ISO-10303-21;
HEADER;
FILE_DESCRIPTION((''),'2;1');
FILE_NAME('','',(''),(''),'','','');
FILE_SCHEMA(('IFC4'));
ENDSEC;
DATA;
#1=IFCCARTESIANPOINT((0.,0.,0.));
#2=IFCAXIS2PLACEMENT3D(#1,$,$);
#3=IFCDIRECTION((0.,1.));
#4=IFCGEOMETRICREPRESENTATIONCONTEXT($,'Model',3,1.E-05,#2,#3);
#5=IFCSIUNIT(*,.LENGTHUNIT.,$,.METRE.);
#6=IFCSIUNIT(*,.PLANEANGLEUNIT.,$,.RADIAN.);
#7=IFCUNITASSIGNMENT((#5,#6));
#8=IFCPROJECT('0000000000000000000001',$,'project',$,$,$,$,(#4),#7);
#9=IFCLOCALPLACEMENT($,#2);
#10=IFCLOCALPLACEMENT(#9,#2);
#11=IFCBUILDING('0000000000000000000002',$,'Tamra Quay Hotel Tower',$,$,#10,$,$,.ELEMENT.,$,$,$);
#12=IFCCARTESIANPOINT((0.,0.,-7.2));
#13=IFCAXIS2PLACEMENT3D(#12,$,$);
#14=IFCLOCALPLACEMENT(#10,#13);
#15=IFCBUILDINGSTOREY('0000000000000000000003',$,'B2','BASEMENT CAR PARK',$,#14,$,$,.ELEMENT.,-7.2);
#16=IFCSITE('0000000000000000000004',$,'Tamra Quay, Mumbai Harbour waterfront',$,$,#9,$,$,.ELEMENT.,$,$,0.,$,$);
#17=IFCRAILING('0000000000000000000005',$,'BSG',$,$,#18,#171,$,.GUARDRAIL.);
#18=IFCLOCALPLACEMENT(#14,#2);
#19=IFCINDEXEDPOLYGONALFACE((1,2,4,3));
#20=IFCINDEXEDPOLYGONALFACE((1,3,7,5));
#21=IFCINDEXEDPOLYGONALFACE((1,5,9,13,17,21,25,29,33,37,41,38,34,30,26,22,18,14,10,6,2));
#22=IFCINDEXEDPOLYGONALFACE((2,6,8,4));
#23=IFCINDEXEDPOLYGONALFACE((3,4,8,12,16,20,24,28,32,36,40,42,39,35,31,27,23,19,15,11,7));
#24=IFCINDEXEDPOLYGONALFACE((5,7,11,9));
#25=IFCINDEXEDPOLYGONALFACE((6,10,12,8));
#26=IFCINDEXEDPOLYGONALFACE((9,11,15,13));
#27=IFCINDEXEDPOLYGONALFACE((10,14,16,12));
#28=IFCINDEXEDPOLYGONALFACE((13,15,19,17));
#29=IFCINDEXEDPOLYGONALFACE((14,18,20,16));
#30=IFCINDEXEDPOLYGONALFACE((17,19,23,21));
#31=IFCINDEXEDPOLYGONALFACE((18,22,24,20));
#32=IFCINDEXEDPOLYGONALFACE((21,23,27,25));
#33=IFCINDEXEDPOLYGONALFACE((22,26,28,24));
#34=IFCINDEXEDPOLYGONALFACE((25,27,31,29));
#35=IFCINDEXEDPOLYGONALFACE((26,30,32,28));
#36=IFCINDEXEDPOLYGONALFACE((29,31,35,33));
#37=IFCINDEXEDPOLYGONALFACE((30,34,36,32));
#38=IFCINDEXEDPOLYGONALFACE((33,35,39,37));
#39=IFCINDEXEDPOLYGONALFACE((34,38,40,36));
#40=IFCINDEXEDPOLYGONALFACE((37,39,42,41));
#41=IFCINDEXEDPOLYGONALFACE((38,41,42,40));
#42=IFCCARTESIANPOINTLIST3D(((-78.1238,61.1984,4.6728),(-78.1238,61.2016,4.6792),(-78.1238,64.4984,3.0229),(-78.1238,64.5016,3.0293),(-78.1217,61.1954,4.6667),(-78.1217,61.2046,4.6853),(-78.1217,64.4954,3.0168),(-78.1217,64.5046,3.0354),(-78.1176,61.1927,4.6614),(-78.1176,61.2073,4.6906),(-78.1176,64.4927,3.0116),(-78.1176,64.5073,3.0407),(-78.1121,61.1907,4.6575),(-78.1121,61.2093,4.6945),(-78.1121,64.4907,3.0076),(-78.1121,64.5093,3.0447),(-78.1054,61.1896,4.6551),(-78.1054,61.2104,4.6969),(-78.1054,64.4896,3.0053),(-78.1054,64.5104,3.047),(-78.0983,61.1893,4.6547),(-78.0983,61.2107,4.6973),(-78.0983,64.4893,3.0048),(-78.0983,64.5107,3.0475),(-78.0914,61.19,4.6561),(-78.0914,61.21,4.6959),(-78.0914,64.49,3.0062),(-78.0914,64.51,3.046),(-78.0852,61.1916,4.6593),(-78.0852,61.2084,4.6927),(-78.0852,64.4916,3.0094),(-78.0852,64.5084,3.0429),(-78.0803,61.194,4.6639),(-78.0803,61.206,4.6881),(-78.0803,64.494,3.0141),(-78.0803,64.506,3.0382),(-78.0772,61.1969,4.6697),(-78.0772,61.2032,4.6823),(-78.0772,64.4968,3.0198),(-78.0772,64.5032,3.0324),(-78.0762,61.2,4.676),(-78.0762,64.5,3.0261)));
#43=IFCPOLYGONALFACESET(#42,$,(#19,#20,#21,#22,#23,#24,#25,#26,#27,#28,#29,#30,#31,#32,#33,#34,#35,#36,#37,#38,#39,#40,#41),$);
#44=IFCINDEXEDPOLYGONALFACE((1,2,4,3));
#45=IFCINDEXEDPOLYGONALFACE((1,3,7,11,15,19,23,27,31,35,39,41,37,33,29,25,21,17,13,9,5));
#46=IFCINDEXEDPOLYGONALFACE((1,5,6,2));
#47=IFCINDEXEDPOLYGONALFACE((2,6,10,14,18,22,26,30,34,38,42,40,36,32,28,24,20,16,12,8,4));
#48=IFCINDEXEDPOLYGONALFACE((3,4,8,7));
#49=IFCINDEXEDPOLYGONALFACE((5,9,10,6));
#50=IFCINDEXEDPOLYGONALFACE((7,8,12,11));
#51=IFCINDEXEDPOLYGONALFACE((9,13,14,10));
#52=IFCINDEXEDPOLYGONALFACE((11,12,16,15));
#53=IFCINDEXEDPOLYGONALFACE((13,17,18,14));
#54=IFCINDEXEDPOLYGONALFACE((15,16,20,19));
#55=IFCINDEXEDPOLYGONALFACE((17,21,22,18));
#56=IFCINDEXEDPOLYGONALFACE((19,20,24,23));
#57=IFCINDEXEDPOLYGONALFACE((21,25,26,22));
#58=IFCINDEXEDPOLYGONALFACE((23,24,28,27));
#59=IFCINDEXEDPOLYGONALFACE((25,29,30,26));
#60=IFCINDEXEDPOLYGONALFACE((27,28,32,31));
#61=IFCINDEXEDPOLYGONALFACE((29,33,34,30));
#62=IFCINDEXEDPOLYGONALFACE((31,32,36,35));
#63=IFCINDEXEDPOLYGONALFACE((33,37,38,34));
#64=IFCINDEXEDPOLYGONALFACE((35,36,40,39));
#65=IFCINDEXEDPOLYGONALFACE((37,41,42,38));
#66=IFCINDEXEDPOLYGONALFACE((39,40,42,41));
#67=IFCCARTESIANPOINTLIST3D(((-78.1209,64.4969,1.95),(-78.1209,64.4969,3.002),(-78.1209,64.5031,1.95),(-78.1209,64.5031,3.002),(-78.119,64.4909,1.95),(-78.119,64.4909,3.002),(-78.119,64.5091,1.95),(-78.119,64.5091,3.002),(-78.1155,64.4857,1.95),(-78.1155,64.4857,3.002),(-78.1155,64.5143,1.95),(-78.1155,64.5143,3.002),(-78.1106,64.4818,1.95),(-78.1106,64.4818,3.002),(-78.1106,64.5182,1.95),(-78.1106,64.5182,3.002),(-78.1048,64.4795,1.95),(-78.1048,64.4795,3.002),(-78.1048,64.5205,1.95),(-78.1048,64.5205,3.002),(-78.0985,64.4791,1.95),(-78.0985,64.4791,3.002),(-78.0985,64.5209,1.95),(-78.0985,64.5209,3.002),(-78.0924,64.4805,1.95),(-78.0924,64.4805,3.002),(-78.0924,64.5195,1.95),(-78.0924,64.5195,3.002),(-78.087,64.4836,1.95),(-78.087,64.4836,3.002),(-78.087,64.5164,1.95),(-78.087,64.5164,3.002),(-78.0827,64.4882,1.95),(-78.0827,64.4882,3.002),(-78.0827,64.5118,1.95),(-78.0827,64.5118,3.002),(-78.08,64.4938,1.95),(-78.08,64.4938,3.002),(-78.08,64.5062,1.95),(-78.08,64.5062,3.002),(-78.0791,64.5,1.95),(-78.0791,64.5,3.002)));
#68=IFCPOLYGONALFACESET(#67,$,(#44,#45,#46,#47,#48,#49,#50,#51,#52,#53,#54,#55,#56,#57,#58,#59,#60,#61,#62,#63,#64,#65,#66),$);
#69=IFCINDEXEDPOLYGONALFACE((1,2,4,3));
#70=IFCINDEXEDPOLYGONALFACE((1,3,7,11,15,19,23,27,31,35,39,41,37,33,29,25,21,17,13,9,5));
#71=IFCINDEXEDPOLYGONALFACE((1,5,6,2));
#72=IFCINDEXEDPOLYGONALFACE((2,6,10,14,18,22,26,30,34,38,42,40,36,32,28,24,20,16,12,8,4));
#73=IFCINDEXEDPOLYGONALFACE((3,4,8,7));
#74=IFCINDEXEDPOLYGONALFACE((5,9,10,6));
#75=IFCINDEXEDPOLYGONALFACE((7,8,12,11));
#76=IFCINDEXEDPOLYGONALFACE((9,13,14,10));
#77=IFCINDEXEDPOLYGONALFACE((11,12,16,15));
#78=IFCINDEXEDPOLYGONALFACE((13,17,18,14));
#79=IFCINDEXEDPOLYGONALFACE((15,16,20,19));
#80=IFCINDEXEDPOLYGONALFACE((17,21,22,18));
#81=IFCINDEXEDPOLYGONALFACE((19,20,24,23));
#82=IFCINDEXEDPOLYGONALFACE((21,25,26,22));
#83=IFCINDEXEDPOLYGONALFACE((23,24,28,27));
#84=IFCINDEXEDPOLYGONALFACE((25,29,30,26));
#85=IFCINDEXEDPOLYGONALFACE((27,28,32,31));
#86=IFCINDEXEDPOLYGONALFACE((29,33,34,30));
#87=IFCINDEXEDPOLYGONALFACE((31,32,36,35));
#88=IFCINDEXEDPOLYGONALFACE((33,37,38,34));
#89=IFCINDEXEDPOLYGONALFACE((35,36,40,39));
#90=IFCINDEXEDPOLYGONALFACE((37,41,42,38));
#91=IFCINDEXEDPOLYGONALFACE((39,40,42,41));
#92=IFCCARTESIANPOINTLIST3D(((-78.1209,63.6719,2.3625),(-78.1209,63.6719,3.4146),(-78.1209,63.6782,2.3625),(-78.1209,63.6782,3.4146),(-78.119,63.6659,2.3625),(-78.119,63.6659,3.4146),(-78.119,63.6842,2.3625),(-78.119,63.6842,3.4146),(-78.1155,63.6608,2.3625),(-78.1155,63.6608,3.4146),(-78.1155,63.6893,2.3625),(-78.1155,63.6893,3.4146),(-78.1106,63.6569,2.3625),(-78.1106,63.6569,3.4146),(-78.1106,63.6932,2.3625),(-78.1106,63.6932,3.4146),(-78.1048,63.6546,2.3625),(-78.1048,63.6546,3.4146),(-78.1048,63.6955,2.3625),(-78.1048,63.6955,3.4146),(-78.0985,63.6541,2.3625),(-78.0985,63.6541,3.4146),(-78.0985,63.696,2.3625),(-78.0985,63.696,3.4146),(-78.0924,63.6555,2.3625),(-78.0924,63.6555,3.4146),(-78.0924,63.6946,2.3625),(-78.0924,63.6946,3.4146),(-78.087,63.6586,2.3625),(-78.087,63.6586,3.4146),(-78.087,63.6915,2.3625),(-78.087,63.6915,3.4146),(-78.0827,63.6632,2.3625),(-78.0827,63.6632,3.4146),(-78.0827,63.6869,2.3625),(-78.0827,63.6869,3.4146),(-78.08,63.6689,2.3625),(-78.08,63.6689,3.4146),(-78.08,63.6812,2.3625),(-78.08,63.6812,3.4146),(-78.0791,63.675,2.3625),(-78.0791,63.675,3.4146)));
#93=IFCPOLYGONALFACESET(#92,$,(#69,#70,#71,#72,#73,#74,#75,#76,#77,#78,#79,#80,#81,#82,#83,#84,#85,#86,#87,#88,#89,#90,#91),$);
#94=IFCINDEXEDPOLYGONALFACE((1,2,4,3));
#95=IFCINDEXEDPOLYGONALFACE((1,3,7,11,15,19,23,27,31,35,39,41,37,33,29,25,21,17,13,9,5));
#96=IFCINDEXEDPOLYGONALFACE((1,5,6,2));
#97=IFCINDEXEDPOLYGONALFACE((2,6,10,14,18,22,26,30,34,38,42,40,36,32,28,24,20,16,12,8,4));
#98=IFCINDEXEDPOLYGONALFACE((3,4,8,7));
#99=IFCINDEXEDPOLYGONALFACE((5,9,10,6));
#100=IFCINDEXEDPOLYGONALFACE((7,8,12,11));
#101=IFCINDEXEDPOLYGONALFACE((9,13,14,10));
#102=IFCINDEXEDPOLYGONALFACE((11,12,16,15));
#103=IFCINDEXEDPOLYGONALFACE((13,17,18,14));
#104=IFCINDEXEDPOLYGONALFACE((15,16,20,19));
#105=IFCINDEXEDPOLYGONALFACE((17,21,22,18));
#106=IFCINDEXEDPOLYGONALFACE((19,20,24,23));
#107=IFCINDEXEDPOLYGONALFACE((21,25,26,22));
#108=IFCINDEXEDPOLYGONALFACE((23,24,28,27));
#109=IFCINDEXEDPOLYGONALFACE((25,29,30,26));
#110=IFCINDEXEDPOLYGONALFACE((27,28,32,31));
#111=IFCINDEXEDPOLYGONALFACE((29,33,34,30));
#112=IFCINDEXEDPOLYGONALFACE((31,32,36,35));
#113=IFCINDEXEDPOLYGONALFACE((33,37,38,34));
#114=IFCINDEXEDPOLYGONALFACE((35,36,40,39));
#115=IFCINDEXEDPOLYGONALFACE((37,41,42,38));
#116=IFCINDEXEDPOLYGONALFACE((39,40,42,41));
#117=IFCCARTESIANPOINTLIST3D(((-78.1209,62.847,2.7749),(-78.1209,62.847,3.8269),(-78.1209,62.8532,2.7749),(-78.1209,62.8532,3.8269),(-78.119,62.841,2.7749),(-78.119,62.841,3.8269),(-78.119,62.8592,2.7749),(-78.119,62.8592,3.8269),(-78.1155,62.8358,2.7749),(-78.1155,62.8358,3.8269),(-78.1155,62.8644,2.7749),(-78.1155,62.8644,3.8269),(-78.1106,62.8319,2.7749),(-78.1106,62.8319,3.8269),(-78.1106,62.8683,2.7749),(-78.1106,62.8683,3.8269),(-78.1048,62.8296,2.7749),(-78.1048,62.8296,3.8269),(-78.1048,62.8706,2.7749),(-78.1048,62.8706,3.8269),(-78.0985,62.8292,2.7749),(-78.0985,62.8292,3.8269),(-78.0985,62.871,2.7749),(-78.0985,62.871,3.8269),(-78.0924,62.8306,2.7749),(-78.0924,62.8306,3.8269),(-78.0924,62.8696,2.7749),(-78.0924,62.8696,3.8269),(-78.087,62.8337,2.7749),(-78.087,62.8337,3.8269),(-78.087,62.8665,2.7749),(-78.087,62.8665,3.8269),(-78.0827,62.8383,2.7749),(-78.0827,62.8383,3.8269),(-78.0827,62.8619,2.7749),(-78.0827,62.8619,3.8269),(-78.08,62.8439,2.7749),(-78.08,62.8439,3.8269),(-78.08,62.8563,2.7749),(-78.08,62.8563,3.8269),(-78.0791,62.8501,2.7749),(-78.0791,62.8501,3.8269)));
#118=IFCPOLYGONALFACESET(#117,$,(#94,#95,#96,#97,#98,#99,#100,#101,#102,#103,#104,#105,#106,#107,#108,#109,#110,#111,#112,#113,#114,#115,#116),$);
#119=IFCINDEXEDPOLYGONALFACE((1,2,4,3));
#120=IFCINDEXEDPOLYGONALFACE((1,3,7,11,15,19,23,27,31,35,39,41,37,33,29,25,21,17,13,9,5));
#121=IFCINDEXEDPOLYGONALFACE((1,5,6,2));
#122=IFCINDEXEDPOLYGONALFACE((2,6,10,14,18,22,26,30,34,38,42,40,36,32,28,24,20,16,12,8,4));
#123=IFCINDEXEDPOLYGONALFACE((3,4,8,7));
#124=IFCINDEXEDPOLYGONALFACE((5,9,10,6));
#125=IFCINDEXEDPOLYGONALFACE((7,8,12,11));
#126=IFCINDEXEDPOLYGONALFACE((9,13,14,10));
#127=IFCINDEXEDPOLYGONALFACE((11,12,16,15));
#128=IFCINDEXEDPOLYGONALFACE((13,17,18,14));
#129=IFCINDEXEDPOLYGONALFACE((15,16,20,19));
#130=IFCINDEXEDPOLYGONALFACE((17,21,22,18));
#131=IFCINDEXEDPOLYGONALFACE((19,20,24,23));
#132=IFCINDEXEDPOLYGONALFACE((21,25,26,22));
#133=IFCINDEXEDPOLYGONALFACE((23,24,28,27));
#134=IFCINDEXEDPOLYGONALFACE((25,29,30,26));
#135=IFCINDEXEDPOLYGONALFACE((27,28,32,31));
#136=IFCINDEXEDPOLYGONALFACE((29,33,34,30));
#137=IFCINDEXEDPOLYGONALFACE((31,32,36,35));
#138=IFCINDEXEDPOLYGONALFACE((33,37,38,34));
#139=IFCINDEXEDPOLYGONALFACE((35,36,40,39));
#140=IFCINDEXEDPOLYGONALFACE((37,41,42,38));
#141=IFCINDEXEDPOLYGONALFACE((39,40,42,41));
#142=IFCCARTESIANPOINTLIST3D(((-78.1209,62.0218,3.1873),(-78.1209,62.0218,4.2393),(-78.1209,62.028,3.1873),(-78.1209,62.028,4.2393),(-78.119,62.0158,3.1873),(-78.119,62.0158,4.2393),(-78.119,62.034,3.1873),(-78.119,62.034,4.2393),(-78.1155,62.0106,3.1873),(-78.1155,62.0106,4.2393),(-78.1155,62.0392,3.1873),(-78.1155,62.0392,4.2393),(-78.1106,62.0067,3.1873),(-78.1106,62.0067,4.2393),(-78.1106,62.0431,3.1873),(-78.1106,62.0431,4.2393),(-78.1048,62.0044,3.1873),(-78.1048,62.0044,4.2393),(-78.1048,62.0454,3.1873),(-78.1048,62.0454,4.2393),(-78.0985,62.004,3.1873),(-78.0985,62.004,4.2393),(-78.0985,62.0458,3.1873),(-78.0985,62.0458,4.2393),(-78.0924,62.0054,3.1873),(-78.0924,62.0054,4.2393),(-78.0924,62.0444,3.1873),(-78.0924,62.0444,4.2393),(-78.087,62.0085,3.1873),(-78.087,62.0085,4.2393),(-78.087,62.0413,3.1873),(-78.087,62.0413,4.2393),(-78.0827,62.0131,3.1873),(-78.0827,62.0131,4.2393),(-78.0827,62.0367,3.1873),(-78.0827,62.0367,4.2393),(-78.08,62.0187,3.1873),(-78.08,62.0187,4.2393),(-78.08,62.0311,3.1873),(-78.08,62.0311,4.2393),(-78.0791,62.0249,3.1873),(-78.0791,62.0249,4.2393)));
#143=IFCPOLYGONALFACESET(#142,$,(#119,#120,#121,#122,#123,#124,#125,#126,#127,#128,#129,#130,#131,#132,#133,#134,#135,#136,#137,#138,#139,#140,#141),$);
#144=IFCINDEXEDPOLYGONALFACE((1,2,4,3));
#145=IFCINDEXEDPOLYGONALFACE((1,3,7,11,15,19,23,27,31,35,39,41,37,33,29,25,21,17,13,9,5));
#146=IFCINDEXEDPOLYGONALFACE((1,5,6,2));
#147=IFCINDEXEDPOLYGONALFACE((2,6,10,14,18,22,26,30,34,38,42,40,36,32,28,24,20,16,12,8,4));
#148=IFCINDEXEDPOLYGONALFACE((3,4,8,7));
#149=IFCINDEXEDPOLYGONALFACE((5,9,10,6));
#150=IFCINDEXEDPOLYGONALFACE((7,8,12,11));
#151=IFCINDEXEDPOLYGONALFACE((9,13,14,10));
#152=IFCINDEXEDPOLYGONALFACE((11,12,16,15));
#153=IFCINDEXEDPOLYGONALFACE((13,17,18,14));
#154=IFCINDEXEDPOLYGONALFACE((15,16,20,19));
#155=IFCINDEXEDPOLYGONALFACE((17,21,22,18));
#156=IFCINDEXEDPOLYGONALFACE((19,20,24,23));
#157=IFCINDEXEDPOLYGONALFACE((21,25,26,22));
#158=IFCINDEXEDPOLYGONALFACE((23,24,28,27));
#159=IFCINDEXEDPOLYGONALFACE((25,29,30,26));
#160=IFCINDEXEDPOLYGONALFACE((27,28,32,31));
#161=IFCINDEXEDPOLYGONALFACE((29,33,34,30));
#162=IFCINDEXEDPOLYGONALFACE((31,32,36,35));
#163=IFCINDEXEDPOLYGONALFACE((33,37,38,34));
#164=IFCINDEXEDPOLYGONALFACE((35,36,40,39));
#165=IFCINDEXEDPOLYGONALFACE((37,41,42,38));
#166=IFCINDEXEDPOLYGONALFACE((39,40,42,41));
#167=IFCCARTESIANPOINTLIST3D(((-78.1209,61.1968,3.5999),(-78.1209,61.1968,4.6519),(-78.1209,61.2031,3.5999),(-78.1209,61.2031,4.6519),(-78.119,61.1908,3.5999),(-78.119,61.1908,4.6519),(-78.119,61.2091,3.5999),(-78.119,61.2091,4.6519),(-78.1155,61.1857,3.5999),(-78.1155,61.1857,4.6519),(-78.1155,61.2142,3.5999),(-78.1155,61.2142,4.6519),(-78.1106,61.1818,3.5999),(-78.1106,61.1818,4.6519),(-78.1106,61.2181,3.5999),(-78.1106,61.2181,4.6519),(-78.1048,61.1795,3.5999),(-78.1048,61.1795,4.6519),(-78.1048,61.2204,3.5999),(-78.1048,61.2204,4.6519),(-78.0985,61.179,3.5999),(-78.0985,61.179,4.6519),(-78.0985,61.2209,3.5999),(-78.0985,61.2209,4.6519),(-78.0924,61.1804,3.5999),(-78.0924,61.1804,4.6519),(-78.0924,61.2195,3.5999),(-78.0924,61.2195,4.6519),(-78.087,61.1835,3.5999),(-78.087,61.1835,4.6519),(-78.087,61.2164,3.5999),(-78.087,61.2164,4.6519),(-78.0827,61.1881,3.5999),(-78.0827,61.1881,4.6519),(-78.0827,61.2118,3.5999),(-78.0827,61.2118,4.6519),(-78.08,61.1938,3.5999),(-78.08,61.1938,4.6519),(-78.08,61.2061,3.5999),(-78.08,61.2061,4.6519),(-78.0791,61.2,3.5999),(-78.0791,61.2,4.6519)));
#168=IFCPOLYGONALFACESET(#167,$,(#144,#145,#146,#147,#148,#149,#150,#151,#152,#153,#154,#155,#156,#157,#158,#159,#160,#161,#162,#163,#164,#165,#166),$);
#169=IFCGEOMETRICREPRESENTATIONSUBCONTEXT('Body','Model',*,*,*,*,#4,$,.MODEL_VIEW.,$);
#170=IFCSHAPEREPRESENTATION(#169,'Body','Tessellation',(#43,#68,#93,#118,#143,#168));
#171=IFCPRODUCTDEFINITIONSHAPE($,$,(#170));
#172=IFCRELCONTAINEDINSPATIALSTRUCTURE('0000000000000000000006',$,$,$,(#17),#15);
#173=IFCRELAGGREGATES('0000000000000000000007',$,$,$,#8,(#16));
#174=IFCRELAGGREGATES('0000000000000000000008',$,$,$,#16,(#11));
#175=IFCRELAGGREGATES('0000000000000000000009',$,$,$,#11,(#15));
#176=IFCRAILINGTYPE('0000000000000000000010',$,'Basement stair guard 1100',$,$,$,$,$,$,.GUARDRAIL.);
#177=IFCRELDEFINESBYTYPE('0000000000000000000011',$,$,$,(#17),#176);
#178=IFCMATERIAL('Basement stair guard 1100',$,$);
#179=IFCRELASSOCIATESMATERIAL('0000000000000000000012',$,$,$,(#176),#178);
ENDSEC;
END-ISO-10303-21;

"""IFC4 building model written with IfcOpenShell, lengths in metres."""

from ifc_helpers import new_model, si_unit, direction, frame, origin, origin_2d, place, context, subcontext, project, spatial, circle, extrude, material, type_object, element, save


model = new_model("IFC4")

# Units and contexts
model_context = context("Model", 3, precision=1e-05, world=origin(), true_north=direction((0.0, 1.0)))
body_context = subcontext(model_context, "Body", "Model", "MODEL_VIEW")
ifc_project = project(units=[si_unit("LENGTHUNIT", "METRE"), si_unit("PLANEANGLEUNIT", "RADIAN")], contexts=[model_context])

# Site, building, storey
site_placement = place(None, origin())
site = spatial("IfcSite", under=ifc_project, at=site_placement, Name="Tamra Quay, Mumbai Harbour waterfront", CompositionType="ELEMENT", RefElevation=0.0)
building_placement = place(site_placement, origin())
building = spatial("IfcBuilding", under=site, at=building_placement, Name="Tamra Quay Hotel Tower", CompositionType="ELEMENT")
storey_placement = place(building_placement, frame((0.0, 0.0, -7.2)))
storey = spatial("IfcBuildingStorey", under=building, at=storey_placement, Name="B2", Description="BASEMENT CAR PARK", CompositionType="ELEMENT", Elevation=-7.2)

# Railing
ifc_material_1 = material(Name="Basement stair guard 1100")
railing_type_1 = type_object("IfcRailingType", Name="Basement stair guard 1100", PredefinedType="GUARDRAIL", material=ifc_material_1)
railing_1_placement = place(storey_placement, frame((-78.1001, 64.5, 1.95)))
element("IfcRailing", 1, at=railing_1_placement, inside=storey, type_object=railing_type_1, Name="BSG", PredefinedType="GUARDRAIL", context=body_context, shape_type="SweptSolid", body=[
    extrude(circle(Radius=0.0239, at=origin_2d()), frame((0.0, 0.0, 1.0762), z_axis=(0.0, -0.89444, 0.447187), x_axis=(1.0, 0.0, 0.0)), (0.0, 0.0, 1.0), 3.6895),
    extrude(circle(Radius=0.021, at=origin_2d()), origin(), (0.0, 0.0, 1.0), 1.052),
    extrude(circle(Radius=0.021, at=origin_2d()), frame((0.0, -0.825, 0.4126)), (0.0, 0.0, 1.0), 1.052),
    extrude(circle(Radius=0.021, at=origin_2d()), frame((0.0, -1.6499, 0.825)), (0.0, 0.0, 1.0), 1.052),
    extrude(circle(Radius=0.021, at=origin_2d()), frame((0.0, -2.4751, 1.2373)), (0.0, 0.0, 1.0), 1.052),
    extrude(circle(Radius=0.021, at=origin_2d()), frame((0.0, -3.3, 1.6499)), (0.0, 0.0, 1.0), 1.052),
])

save(model, "model.ifc")
